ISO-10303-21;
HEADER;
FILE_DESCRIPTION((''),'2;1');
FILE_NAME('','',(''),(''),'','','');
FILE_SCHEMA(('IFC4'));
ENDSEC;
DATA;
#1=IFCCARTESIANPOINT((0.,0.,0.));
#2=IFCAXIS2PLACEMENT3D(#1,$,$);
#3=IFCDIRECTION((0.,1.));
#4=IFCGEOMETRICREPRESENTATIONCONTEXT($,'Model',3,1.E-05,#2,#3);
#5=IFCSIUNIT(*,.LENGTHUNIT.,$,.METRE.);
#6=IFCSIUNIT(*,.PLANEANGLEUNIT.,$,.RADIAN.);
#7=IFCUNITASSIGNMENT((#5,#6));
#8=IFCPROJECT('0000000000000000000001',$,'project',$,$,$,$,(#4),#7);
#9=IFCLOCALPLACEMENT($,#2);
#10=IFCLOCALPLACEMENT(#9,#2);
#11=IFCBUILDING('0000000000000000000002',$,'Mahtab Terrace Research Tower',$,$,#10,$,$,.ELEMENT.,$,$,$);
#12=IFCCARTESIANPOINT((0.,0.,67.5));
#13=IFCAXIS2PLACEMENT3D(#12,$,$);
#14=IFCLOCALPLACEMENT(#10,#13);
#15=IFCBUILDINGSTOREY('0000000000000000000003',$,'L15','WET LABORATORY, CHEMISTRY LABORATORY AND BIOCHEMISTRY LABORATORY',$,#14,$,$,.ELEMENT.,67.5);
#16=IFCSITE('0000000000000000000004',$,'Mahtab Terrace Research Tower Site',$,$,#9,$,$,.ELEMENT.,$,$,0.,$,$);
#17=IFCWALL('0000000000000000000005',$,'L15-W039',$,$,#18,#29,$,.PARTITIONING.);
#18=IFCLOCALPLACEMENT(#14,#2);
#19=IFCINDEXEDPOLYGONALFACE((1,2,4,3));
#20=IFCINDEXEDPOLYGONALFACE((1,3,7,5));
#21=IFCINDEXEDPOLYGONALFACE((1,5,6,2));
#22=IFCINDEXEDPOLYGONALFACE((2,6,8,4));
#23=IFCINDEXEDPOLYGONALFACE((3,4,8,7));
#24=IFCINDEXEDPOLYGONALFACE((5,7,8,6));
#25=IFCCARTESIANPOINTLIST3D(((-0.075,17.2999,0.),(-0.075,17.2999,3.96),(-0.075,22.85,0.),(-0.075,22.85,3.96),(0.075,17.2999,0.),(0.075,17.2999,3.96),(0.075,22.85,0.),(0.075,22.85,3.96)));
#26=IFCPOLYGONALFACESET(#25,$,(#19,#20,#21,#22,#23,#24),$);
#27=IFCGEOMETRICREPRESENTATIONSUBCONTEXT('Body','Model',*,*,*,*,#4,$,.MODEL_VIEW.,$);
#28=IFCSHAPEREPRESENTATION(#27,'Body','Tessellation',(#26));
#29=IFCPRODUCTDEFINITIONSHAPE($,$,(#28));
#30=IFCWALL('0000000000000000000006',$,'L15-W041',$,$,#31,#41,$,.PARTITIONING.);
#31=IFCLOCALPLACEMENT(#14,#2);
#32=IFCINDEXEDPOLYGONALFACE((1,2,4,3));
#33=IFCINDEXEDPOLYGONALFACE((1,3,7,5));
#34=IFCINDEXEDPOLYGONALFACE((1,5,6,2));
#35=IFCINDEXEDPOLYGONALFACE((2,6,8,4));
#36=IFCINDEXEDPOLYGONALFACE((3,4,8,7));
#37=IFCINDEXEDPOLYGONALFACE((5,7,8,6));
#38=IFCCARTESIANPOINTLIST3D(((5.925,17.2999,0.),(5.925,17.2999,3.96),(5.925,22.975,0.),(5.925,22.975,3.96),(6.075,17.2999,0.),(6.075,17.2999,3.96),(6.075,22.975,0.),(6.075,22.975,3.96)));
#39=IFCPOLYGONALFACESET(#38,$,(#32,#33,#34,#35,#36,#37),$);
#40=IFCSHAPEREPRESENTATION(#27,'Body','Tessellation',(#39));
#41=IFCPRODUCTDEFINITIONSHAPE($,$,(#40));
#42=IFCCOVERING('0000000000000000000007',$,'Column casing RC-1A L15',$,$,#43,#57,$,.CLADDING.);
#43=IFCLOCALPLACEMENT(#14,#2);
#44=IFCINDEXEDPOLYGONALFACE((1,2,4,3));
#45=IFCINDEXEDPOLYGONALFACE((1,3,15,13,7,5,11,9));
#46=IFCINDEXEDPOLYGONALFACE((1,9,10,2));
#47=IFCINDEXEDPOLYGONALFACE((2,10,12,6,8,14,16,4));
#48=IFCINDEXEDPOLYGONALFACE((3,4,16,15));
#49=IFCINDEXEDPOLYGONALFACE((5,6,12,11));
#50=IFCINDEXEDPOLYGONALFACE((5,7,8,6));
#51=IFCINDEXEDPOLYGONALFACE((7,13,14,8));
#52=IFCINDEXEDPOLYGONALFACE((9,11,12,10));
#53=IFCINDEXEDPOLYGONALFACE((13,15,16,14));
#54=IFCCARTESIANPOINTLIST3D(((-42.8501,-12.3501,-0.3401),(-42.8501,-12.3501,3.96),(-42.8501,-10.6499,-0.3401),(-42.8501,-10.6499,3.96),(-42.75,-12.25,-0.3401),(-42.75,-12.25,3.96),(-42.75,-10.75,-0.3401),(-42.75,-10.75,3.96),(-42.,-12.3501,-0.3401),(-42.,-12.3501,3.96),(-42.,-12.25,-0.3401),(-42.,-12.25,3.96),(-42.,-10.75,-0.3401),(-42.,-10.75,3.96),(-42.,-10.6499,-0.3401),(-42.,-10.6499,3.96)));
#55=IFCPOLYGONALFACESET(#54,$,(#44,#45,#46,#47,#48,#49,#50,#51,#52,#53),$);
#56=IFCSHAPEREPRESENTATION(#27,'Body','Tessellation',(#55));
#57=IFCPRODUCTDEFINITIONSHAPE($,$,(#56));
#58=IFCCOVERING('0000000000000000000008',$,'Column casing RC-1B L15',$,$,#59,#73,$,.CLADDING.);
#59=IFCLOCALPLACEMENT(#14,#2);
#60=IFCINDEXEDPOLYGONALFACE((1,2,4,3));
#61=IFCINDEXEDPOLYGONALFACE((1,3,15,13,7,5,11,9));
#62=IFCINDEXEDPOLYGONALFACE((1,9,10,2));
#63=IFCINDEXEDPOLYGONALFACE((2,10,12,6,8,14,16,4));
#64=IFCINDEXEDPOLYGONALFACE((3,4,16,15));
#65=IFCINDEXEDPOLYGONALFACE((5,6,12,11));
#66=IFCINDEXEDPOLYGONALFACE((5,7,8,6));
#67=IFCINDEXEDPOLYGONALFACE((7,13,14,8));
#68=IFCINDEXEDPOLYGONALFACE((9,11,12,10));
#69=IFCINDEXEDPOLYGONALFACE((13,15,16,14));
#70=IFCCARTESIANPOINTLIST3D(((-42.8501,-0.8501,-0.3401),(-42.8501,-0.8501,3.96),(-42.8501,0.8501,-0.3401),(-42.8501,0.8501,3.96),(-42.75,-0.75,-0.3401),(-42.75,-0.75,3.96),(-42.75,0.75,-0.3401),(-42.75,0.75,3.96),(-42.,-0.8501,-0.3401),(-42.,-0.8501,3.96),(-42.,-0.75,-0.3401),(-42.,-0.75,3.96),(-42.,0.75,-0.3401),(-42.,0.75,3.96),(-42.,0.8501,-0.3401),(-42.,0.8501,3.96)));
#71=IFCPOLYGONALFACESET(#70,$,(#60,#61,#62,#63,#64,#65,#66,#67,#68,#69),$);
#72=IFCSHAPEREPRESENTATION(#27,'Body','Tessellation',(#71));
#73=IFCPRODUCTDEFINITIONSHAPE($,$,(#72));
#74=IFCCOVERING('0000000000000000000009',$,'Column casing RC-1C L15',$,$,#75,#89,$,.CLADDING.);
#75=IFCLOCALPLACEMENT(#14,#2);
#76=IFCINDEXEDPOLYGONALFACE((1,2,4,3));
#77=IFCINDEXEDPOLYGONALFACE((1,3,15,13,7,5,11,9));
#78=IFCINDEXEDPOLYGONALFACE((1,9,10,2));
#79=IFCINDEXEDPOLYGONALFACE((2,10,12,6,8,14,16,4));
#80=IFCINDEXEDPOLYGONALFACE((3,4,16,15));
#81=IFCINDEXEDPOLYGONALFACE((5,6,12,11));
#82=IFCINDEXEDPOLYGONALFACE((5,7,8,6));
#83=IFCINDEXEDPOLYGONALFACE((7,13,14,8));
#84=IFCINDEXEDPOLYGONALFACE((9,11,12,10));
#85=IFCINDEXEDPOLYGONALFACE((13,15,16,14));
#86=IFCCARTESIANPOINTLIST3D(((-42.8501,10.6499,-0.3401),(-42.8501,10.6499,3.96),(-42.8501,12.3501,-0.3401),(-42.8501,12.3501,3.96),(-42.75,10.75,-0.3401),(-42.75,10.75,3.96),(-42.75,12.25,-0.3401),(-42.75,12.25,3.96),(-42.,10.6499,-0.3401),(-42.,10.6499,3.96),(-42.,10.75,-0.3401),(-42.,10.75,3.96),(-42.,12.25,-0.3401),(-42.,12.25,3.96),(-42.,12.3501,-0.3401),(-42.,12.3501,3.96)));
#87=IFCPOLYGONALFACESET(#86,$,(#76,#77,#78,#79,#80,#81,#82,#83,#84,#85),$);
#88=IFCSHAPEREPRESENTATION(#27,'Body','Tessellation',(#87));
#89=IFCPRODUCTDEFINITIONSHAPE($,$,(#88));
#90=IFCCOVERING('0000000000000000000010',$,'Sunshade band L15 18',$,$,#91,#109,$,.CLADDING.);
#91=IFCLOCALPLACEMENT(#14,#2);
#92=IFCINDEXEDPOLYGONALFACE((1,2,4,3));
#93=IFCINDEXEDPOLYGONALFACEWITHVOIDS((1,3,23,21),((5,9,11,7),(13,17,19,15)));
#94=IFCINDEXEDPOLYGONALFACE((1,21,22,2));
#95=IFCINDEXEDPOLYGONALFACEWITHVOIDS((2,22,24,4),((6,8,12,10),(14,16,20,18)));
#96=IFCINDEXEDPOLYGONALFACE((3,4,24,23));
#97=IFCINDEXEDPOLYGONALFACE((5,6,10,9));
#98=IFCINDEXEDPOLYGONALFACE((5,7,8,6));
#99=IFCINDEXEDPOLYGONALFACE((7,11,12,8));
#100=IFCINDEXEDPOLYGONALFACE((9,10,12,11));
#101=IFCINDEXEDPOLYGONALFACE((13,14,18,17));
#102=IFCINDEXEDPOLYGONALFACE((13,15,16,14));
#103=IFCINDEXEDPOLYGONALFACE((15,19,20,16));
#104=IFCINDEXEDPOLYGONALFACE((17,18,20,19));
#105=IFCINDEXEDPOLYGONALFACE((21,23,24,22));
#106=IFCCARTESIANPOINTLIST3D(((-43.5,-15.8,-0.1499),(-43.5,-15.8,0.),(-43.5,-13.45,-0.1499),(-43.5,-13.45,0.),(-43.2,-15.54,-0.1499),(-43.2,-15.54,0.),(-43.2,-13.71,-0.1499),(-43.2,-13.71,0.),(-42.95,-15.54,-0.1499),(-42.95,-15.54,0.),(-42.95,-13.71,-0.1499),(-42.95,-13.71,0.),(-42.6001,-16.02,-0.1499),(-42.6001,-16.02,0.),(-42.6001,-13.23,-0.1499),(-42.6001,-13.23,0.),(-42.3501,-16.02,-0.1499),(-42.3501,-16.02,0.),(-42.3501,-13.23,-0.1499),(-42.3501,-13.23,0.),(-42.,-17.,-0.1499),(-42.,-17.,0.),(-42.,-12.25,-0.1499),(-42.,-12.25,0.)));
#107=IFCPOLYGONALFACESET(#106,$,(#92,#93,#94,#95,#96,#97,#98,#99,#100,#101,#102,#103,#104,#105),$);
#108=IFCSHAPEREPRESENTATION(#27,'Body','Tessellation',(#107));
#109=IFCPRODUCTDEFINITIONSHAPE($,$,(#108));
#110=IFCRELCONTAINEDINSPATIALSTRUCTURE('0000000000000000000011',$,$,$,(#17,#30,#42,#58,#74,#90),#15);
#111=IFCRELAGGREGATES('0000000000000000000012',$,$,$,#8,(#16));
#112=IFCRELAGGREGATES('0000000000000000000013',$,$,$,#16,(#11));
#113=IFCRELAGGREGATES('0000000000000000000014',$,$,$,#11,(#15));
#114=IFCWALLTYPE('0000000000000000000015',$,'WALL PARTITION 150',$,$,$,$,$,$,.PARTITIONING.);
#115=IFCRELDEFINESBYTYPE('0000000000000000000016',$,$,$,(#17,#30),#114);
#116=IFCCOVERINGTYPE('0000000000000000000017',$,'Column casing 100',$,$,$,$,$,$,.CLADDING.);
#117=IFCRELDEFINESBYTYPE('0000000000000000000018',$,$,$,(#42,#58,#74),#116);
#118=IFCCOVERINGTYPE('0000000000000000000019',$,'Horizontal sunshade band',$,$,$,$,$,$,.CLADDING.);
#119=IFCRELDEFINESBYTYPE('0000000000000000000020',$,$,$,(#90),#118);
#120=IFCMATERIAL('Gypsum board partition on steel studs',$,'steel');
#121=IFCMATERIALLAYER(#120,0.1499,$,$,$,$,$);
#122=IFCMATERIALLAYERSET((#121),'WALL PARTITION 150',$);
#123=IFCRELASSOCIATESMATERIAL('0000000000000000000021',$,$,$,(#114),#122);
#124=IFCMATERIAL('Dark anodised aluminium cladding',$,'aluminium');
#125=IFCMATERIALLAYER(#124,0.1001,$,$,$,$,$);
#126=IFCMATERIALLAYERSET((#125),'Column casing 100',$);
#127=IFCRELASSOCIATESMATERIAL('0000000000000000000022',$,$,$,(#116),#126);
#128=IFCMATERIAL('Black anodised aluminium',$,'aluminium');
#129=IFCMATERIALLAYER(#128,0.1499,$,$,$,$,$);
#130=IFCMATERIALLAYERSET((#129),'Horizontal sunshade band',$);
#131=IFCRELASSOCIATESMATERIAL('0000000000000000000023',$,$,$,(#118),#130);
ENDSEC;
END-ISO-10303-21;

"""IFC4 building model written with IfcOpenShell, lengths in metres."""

from ifc_helpers import new_model, si_unit, direction, frame, frame_2d, origin, place, context, subcontext, project, spatial, polyline, rectangle, outline, extrude, material, layer, layer_set, type_object, element, save


model = new_model("IFC4")

# Units and contexts
model_context = context("Model", 3, precision=1e-05, world=origin(), true_north=direction((0.0, 1.0)))
body_context = subcontext(model_context, "Body", "Model", "MODEL_VIEW")
ifc_project = project(units=[si_unit("LENGTHUNIT", "METRE"), si_unit("PLANEANGLEUNIT", "RADIAN")], contexts=[model_context])

# Site, building, storey
site_placement = place(None, origin())
site = spatial("IfcSite", under=ifc_project, at=site_placement, Name="Mahtab Terrace Research Tower Site", CompositionType="ELEMENT", RefElevation=0.0)
building_placement = place(site_placement, origin())
building = spatial("IfcBuilding", under=site, at=building_placement, Name="Mahtab Terrace Research Tower", CompositionType="ELEMENT")
storey_placement = place(building_placement, frame((0.0, 0.0, 67.5)))
storey = spatial("IfcBuildingStorey", under=building, at=storey_placement, Name="L15", Description="WET LABORATORY, CHEMISTRY LABORATORY AND BIOCHEMISTRY LABORATORY", CompositionType="ELEMENT", Elevation=67.5)

# Walls
ifc_material_1 = material(Name="Gypsum board partition on steel studs", Category="steel")
ifc_layer_1 = layer(ifc_material_1, 0.1499)
ifc_layer_set_1 = layer_set([ifc_layer_1], Name="WALL PARTITION 150")
wall_type_1 = type_object("IfcWallType", Name="WALL PARTITION 150", PredefinedType="PARTITIONING", material=ifc_layer_set_1)
wall_1_placement = place(storey_placement, frame((0.0, 17.3, 0.0), z_axis=(0.0, 0.0, 1.0), x_axis=(0.0, 1.0, 0.0)))
element("IfcWall", 1, at=wall_1_placement, inside=storey, type_object=wall_type_1, Name="L15-W039", PredefinedType="PARTITIONING", context=body_context, shape_type="SweptSolid", body=[
    extrude(rectangle(XDim=5.55, YDim=0.1499, at=frame_2d((2.7749, 0.0))), origin(), (0.0, 0.0, 1.0), 3.96),
])
wall_2_placement = place(storey_placement, frame((6.0, 17.3, 0.0), z_axis=(0.0, 0.0, 1.0), x_axis=(0.0, 1.0, 0.0)))
element("IfcWall", 2, at=wall_2_placement, inside=storey, type_object=wall_type_1, Name="L15-W041", PredefinedType="PARTITIONING", context=body_context, shape_type="SweptSolid", body=[
    extrude(rectangle(XDim=5.675, YDim=0.1499, at=frame_2d((2.8374, 0.0))), origin(), (0.0, 0.0, 1.0), 3.96),
])

# Coverings
ifc_material_2 = material(Name="Dark anodised aluminium cladding", Category="aluminium")
ifc_layer_2 = layer(ifc_material_2, 0.1001)
ifc_layer_set_2 = layer_set([ifc_layer_2], Name="Column casing 100")
covering_type_1 = type_object("IfcCoveringType", Name="Column casing 100", PredefinedType="CLADDING", material=ifc_layer_set_2)
covering_1_placement = place(storey_placement, frame((0.0, 0.0, -0.3401)))
element("IfcCovering", 3, at=covering_1_placement, inside=storey, type_object=covering_type_1, Name="Column casing RC-1A L15", PredefinedType="CLADDING", context=body_context, shape_type="SweptSolid", body=[
    extrude(outline(polyline([(-42.8501, -10.6499), (-42.0, -10.6499), (-42.0, -10.75), (-42.75, -10.75), (-42.75, -12.25), (-42.0, -12.25), (-42.0, -12.3501), (-42.8501, -12.3501), (-42.8501, -10.6499)])), origin(), (0.0, 0.0, 1.0), 4.3),
])
covering_2_placement = place(storey_placement, frame((0.0, 0.0, -0.3401)))
element("IfcCovering", 4, at=covering_2_placement, inside=storey, type_object=covering_type_1, Name="Column casing RC-1B L15", PredefinedType="CLADDING", context=body_context, shape_type="SweptSolid", body=[
    extrude(outline(polyline([(-42.8501, 0.8501), (-42.0, 0.8501), (-42.0, 0.75), (-42.75, 0.75), (-42.75, -0.75), (-42.0, -0.75), (-42.0, -0.8501), (-42.8501, -0.8501), (-42.8501, 0.8501)])), origin(), (0.0, 0.0, 1.0), 4.3),
])
covering_3_placement = place(storey_placement, frame((0.0, 0.0, -0.3401)))
element("IfcCovering", 5, at=covering_3_placement, inside=storey, type_object=covering_type_1, Name="Column casing RC-1C L15", PredefinedType="CLADDING", context=body_context, shape_type="SweptSolid", body=[
    extrude(outline(polyline([(-42.8501, 12.3501), (-42.0, 12.3501), (-42.0, 12.25), (-42.75, 12.25), (-42.75, 10.75), (-42.0, 10.75), (-42.0, 10.6499), (-42.8501, 10.6499), (-42.8501, 12.3501)])), origin(), (0.0, 0.0, 1.0), 4.3),
])
ifc_material_3 = material(Name="Black anodised aluminium", Category="aluminium")
ifc_layer_3 = layer(ifc_material_3, 0.1499)
ifc_layer_set_3 = layer_set([ifc_layer_3], Name="Horizontal sunshade band")
covering_type_2 = type_object("IfcCoveringType", Name="Horizontal sunshade band", PredefinedType="CLADDING", material=ifc_layer_set_3)
covering_4_placement = place(storey_placement, frame((0.0, 0.0, -0.1499)))
element("IfcCovering", 6, at=covering_4_placement, inside=storey, type_object=covering_type_2, Name="Sunshade band L15 18", PredefinedType="CLADDING", context=body_context, shape_type="SweptSolid", body=[
    extrude(outline(polyline([(-42.0, -12.25), (-42.0, -17.0), (-43.5, -15.8), (-43.5, -13.45), (-42.0, -12.25)]), holes=[polyline([(-42.3501, -13.23), (-42.3501, -16.02), (-42.6001, -16.02), (-42.6001, -13.23), (-42.3501, -13.23)]), polyline([(-42.95, -13.71), (-42.95, -15.54), (-43.2, -15.54), (-43.2, -13.71), (-42.95, -13.71)])]), origin(), (0.0, 0.0, 1.0), 0.1499),
])

save(model, "model.ifc")
